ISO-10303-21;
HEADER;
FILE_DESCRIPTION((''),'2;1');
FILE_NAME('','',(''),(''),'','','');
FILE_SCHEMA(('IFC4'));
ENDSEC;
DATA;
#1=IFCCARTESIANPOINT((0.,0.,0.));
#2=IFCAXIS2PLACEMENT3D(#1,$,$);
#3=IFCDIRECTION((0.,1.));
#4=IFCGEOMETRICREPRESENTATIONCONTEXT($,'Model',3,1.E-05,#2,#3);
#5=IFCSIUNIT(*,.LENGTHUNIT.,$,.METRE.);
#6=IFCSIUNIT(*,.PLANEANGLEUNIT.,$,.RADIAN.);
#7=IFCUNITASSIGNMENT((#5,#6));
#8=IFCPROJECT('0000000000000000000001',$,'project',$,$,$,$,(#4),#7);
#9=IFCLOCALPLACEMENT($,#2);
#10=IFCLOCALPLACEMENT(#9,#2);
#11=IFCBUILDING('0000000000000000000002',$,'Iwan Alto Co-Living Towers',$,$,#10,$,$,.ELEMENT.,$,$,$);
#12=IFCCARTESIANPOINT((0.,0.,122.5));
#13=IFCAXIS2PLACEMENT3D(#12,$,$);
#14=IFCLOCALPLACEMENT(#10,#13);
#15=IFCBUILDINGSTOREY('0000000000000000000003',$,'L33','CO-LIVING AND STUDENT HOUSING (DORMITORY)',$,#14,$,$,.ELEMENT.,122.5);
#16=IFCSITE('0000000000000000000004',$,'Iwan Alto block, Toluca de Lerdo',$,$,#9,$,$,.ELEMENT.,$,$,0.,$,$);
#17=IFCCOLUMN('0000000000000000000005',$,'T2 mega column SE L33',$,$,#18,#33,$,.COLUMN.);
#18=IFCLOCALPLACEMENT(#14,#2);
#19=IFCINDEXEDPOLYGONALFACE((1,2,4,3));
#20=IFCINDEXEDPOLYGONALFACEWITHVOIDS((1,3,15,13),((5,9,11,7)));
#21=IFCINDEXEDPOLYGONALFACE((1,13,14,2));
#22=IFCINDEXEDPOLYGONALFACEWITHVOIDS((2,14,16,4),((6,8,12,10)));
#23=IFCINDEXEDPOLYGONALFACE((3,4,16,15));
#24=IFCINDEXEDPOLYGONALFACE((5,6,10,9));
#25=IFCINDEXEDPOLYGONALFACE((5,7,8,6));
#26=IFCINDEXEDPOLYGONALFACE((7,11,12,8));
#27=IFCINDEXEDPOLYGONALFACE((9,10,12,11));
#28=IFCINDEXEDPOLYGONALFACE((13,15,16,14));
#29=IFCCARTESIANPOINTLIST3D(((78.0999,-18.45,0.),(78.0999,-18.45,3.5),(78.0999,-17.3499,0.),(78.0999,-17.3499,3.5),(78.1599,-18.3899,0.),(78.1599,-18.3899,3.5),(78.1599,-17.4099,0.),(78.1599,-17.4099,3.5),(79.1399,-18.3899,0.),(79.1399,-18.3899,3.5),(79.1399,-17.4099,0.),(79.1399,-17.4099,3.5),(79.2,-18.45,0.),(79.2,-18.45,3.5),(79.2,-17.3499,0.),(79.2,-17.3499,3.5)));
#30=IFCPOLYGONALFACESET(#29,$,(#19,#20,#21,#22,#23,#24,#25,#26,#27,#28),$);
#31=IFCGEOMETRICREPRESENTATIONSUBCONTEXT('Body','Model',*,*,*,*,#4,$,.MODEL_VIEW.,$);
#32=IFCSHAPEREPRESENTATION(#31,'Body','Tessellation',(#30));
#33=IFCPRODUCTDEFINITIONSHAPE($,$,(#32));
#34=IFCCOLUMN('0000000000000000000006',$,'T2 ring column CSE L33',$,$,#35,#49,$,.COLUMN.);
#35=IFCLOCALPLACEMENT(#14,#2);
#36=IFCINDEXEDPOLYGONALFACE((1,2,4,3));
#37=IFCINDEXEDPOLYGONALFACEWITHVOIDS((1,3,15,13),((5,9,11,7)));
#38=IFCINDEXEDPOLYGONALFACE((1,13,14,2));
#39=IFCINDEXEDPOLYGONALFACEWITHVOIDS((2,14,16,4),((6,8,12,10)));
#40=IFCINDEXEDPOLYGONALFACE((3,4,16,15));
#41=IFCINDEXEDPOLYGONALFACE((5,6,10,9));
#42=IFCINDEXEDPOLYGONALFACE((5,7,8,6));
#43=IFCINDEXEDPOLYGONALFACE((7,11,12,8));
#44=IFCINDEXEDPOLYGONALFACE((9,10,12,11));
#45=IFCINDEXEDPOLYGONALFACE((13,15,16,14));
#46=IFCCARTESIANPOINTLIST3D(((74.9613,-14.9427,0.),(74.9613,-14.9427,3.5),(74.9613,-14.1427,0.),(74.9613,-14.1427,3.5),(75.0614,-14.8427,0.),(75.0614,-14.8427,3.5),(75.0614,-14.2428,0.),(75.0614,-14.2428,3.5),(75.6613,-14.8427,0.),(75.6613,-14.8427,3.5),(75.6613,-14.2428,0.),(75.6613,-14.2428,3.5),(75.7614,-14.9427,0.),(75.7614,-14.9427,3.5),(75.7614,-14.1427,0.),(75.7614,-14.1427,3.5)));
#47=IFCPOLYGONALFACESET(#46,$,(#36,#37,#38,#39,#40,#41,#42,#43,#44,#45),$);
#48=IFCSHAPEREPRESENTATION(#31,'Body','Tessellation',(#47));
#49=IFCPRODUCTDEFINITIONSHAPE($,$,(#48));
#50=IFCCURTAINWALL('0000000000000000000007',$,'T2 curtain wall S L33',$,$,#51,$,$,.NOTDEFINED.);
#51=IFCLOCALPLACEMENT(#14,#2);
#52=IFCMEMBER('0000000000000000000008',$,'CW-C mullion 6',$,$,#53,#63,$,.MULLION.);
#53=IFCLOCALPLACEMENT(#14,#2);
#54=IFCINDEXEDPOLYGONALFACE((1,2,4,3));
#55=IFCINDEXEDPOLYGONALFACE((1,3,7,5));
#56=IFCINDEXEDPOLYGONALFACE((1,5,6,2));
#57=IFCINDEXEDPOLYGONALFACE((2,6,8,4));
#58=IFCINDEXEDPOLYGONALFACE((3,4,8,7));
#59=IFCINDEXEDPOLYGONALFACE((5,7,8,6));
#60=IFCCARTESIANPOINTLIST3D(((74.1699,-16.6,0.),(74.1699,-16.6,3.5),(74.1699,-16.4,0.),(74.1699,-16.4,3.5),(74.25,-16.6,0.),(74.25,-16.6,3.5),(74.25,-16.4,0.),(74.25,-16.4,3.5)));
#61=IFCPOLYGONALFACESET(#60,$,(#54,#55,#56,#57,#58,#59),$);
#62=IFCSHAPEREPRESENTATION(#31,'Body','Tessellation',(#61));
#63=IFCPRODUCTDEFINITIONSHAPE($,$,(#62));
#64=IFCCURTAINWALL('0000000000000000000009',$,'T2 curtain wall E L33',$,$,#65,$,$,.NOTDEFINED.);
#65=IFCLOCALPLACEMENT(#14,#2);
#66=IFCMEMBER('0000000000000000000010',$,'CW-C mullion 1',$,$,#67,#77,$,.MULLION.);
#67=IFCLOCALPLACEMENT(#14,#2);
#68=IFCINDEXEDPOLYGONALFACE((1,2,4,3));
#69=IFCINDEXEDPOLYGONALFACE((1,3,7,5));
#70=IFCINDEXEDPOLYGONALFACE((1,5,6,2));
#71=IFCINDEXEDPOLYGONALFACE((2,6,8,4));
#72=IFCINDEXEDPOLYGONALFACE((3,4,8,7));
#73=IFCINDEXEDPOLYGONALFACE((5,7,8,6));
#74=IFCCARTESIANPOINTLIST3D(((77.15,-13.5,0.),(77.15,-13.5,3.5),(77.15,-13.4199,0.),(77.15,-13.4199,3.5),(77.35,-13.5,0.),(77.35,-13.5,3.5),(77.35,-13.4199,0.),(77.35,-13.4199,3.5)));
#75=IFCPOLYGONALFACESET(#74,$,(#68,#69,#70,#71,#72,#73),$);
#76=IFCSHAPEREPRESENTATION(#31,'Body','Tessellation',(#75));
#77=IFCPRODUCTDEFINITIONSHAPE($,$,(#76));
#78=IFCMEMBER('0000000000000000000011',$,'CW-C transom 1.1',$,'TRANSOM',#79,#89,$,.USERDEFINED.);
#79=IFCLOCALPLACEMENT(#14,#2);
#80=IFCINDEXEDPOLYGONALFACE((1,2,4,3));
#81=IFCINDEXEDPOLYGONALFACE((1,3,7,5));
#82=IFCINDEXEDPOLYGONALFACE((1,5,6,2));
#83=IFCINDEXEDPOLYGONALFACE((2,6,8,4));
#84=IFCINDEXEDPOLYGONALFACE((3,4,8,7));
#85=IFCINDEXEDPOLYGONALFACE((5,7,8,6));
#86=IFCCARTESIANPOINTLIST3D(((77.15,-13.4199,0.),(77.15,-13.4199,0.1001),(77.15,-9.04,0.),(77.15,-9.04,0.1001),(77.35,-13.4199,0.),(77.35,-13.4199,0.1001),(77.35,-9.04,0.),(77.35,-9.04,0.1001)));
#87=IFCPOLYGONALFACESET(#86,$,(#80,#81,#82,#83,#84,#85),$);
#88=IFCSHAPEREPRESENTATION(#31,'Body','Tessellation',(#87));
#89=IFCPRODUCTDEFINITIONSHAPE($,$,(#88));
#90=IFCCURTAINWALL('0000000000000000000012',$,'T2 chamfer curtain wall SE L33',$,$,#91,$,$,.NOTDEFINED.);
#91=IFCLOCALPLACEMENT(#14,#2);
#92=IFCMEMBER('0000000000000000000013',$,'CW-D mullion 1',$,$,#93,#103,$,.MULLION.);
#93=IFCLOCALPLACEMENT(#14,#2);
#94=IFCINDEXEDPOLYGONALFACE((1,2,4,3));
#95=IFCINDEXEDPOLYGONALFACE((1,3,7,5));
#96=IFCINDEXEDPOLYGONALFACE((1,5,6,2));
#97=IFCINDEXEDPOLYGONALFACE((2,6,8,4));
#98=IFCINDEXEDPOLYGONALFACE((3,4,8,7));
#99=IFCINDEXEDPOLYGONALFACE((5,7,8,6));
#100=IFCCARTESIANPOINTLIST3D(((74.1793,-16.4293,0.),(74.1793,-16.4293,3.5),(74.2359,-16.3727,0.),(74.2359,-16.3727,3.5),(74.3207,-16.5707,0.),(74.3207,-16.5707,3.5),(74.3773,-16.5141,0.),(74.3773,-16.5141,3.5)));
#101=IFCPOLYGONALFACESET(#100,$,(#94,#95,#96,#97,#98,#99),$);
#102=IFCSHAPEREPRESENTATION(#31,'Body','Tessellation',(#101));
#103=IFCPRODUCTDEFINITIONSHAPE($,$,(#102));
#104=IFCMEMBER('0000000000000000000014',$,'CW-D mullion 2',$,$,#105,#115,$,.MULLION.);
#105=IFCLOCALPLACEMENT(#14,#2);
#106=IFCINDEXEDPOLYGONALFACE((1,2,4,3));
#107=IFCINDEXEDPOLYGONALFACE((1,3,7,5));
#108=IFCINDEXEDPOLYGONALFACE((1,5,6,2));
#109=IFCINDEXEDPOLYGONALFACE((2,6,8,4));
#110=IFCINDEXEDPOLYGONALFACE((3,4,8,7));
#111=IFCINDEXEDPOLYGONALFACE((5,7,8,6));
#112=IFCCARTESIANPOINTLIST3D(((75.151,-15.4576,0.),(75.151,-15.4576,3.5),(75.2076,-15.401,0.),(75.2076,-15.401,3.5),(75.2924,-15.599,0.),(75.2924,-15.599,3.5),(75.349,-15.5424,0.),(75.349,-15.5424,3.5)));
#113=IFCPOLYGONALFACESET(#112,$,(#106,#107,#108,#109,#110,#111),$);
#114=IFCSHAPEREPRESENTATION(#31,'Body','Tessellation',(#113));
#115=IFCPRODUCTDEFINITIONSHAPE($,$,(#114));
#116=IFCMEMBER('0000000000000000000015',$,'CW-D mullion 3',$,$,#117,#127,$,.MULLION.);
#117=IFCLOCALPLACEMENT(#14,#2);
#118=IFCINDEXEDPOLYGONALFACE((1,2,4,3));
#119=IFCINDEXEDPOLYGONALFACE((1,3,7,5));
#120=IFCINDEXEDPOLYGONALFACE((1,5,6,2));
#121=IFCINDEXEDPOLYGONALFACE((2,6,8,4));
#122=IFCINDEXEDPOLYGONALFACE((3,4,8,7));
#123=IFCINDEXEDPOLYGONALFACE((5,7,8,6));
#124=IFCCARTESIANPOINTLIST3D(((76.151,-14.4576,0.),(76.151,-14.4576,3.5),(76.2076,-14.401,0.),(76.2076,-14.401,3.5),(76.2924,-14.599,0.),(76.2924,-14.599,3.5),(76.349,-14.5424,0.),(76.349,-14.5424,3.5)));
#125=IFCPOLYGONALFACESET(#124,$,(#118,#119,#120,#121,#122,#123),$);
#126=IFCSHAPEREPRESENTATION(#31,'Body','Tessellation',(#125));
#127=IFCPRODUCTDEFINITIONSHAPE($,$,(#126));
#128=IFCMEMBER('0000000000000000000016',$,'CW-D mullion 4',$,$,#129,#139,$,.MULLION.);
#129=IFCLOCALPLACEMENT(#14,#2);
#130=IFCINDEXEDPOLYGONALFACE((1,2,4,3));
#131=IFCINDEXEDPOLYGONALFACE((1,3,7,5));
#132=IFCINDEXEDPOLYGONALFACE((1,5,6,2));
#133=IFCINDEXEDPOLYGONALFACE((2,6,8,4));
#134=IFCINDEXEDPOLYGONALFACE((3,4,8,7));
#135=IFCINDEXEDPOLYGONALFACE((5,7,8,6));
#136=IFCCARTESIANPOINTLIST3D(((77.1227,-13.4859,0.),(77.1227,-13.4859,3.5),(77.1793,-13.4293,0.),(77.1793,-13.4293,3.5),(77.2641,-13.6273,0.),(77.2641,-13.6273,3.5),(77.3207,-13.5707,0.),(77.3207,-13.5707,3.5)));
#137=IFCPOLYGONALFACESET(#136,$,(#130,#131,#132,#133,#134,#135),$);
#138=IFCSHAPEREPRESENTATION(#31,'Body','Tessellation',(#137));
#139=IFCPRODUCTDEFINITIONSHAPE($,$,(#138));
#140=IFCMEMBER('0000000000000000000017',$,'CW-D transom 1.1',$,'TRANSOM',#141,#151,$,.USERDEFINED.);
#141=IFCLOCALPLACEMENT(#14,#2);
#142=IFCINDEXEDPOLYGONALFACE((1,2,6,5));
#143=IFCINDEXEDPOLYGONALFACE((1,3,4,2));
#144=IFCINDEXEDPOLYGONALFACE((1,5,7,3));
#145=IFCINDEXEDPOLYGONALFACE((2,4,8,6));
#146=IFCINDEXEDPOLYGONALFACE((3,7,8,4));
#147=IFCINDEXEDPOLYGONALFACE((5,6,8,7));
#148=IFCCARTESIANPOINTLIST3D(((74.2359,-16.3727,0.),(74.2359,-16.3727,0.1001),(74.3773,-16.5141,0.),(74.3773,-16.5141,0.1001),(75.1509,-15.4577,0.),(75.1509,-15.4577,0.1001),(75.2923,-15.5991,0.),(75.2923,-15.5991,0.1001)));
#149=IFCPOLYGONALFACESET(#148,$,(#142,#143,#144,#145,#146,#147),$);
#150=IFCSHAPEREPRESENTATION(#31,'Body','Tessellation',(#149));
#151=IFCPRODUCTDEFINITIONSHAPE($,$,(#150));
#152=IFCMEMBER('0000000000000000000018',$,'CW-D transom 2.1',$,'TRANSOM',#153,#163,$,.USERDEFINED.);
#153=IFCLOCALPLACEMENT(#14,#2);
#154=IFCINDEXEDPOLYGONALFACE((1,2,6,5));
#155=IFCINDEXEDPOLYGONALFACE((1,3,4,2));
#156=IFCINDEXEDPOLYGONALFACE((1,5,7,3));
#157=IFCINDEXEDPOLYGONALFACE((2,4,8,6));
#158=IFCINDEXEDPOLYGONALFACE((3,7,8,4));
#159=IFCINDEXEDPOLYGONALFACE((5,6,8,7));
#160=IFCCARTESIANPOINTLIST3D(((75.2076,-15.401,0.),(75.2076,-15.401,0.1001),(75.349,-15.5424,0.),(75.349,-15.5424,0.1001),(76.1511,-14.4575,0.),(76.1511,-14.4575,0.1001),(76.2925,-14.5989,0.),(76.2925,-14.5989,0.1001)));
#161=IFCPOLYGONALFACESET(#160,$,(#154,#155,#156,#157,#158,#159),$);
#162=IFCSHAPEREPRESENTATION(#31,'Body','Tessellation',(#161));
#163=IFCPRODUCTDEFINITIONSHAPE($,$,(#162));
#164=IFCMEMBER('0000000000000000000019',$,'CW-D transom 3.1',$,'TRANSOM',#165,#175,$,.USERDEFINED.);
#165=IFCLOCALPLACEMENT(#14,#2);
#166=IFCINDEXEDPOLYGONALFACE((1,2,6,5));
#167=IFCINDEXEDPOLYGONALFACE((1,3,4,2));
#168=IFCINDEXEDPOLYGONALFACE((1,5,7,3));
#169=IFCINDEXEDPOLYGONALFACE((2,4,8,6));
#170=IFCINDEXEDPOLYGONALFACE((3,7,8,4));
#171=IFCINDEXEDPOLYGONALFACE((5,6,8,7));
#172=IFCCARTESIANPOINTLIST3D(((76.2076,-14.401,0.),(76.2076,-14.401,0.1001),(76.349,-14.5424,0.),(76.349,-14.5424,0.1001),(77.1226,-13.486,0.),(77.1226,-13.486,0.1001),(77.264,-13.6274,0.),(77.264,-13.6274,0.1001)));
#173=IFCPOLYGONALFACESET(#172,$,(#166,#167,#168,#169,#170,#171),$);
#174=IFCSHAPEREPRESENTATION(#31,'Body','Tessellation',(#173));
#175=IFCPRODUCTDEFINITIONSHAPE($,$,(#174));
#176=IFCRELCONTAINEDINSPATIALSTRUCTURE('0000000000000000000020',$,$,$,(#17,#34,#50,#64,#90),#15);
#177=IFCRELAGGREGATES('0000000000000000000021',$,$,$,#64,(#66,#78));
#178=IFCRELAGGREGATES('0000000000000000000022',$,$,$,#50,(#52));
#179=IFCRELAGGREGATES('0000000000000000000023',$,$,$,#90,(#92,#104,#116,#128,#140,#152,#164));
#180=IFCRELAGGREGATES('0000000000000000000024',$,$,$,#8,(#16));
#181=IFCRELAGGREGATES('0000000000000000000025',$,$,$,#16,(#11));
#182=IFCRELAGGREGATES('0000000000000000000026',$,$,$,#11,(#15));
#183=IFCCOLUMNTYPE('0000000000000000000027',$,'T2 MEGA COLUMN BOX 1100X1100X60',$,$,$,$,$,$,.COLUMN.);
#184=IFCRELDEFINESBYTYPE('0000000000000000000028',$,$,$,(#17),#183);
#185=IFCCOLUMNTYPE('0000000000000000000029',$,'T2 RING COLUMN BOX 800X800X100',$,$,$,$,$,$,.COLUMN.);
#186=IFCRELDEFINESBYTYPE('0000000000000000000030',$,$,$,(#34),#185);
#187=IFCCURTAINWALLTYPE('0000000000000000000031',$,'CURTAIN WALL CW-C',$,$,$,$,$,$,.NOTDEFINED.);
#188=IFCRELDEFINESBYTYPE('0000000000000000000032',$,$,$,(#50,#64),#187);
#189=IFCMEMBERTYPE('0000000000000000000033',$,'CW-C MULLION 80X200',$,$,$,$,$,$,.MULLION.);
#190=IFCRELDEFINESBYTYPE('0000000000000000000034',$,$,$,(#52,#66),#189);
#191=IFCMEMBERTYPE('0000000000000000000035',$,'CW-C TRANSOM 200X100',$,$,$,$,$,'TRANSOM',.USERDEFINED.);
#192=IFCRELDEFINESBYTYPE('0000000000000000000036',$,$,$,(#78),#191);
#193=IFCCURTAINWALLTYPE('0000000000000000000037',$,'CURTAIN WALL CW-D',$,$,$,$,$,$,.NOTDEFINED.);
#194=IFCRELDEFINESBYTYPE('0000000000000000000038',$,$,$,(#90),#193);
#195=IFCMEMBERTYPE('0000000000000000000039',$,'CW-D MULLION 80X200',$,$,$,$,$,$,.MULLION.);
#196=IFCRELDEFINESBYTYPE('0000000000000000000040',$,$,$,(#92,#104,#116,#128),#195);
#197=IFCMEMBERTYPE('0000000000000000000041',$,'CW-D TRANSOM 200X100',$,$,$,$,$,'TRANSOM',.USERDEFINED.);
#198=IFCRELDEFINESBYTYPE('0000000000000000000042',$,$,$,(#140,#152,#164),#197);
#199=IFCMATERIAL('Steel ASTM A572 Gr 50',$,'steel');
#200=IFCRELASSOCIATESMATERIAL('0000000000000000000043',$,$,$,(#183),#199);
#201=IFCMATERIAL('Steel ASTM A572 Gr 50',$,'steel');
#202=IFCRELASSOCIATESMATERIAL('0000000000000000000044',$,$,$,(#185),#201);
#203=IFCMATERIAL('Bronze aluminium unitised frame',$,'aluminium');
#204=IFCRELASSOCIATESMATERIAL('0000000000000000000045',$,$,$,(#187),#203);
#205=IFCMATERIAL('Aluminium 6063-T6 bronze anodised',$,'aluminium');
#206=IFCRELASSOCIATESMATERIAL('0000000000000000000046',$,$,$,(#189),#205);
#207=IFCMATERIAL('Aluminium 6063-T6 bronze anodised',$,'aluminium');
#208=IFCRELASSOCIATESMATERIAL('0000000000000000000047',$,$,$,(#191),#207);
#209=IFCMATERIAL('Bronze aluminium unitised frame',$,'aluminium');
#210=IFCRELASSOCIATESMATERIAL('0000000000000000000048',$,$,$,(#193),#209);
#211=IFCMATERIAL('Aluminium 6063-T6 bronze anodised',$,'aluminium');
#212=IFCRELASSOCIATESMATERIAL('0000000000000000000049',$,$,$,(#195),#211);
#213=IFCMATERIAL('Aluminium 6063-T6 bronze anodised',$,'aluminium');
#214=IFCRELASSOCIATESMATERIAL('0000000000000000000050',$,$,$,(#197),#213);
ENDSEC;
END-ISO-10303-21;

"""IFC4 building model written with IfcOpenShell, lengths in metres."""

from ifc_helpers import new_model, si_unit, direction, frame, origin, origin_2d, place, context, subcontext, project, spatial, rectangle, hollow_rectangle, extrude, material, material_profile, profile_set, type_object, element, aggregate, save


model = new_model("IFC4")

# Units and contexts
model_context = context("Model", 3, precision=1e-05, world=origin(), true_north=direction((0.0, 1.0)))
body_context = subcontext(model_context, "Body", "Model", "MODEL_VIEW")
ifc_project = project(units=[si_unit("LENGTHUNIT", "METRE"), si_unit("PLANEANGLEUNIT", "RADIAN")], contexts=[model_context])

# Site, building, storey
site_placement = place(None, origin())
site = spatial("IfcSite", under=ifc_project, at=site_placement, Name="Iwan Alto block, Toluca de Lerdo", CompositionType="ELEMENT", RefElevation=0.0)
building_placement = place(site_placement, origin())
building = spatial("IfcBuilding", under=site, at=building_placement, Name="Iwan Alto Co-Living Towers", CompositionType="ELEMENT")
storey_placement = place(building_placement, frame((0.0, 0.0, 122.5)))
storey = spatial("IfcBuildingStorey", under=building, at=storey_placement, Name="L33", Description="CO-LIVING AND STUDENT HOUSING (DORMITORY)", CompositionType="ELEMENT", Elevation=122.5)

# Columns
ifc_material_1 = material(Name="Steel ASTM A572 Gr 50", Category="steel")
ifc_material_profile_1 = material_profile(ifc_material_1, hollow_rectangle(XDim=1.1001, YDim=1.1001, WallThickness=0.0601, at=origin_2d()), Name="BOX 1100X1100X60")
ifc_profile_set_1 = profile_set([ifc_material_profile_1], Name="Steel ASTM A572 Gr 50")
column_type_1 = type_object("IfcColumnType", Name="T2 MEGA COLUMN BOX 1100X1100X60", PredefinedType="COLUMN", material=ifc_profile_set_1)
column_1_placement = place(storey_placement, frame((78.6499, -17.8999, 0.0), z_axis=(0.0, 0.0, 1.0), x_axis=(1.0, 0.0, 0.0)))
element("IfcColumn", 1, at=column_1_placement, inside=storey, type_object=column_type_1, Name="T2 mega column SE L33", PredefinedType="COLUMN", context=body_context, shape_type="SweptSolid", body=[
    extrude(hollow_rectangle(XDim=1.1001, YDim=1.1001, WallThickness=0.0601, at=origin_2d()), origin(), (0.0, 0.0, 1.0), 3.5),
])
ifc_material_2 = material(Name="Steel ASTM A572 Gr 50", Category="steel")
ifc_material_profile_2 = material_profile(ifc_material_2, hollow_rectangle(XDim=0.8, YDim=0.8, WallThickness=0.1001, at=origin_2d()), Name="BOX 800X800X100")
ifc_profile_set_2 = profile_set([ifc_material_profile_2], Name="Steel ASTM A572 Gr 50")
column_type_2 = type_object("IfcColumnType", Name="T2 RING COLUMN BOX 800X800X100", PredefinedType="COLUMN", material=ifc_profile_set_2)
column_2_placement = place(storey_placement, frame((75.3613, -14.5427, 0.0), z_axis=(0.0, 0.0, 1.0), x_axis=(1.0, 0.0, 0.0)))
element("IfcColumn", 2, at=column_2_placement, inside=storey, type_object=column_type_2, Name="T2 ring column CSE L33", PredefinedType="COLUMN", context=body_context, shape_type="SweptSolid", body=[
    extrude(hollow_rectangle(XDim=0.8, YDim=0.8, WallThickness=0.1001, at=origin_2d()), origin(), (0.0, 0.0, 1.0), 3.5),
])

# Curtain wall, member
ifc_material_3 = material(Name="Bronze aluminium unitised frame", Category="aluminium")
curtain_wall_type_1 = type_object("IfcCurtainWallType", Name="CURTAIN WALL CW-C", PredefinedType="NOTDEFINED", material=ifc_material_3)
curtain_wall_1_placement = place(storey_placement, origin())
curtain_wall_1 = element("IfcCurtainWall", 3, at=curtain_wall_1_placement, inside=storey, type_object=curtain_wall_type_1, Name="T2 curtain wall S L33", PredefinedType="NOTDEFINED")
ifc_material_4 = material(Name="Aluminium 6063-T6 bronze anodised", Category="aluminium")
ifc_material_profile_3 = material_profile(ifc_material_4, rectangle(XDim=0.2, YDim=0.0801, at=origin_2d()), Name="AL 80X200")
ifc_profile_set_3 = profile_set([ifc_material_profile_3], Name="Aluminium 6063-T6 bronze anodised")
member_type_1 = type_object("IfcMemberType", Name="CW-C MULLION 80X200", PredefinedType="MULLION", material=ifc_profile_set_3)
member_1_placement = place(storey_placement, frame((74.21, -16.5, 0.0), z_axis=(0.0, 0.0, 1.0), x_axis=(0.0, 1.0, 0.0)))
member_1 = element("IfcMember", 4, at=member_1_placement, type_object=member_type_1, Name="CW-C mullion 6", PredefinedType="MULLION", context=body_context, shape_type="SweptSolid", body=[
    extrude(rectangle(XDim=0.2, YDim=0.0801, at=origin_2d()), origin(), (0.0, 0.0, 1.0), 3.5),
])

# Curtain walls, members
curtain_wall_2_placement = place(storey_placement, origin())
curtain_wall_2 = element("IfcCurtainWall", 5, at=curtain_wall_2_placement, inside=storey, type_object=curtain_wall_type_1, Name="T2 curtain wall E L33", PredefinedType="NOTDEFINED")
member_2_placement = place(storey_placement, frame((77.25, -13.46, 0.0), z_axis=(0.0, 0.0, 1.0), x_axis=(-1.0, 0.0, 0.0)))
member_2 = element("IfcMember", 6, at=member_2_placement, type_object=member_type_1, Name="CW-C mullion 1", PredefinedType="MULLION", context=body_context, shape_type="SweptSolid", body=[
    extrude(rectangle(XDim=0.2, YDim=0.0801, at=origin_2d()), origin(), (0.0, 0.0, 1.0), 3.5),
])
ifc_material_5 = material(Name="Aluminium 6063-T6 bronze anodised", Category="aluminium")
ifc_material_profile_4 = material_profile(ifc_material_5, rectangle(XDim=0.2, YDim=0.1001, at=origin_2d()), Name="AL 200X100")
ifc_profile_set_4 = profile_set([ifc_material_profile_4], Name="Aluminium 6063-T6 bronze anodised")
member_type_2 = type_object("IfcMemberType", Name="CW-C TRANSOM 200X100", ElementType="TRANSOM", PredefinedType="USERDEFINED", material=ifc_profile_set_4)
member_3_placement = place(storey_placement, frame((77.25, -13.4199, 0.05), z_axis=(0.0, 1.0, 0.0), x_axis=(-1.0, 0.0, 0.0)))
member_3 = element("IfcMember", 7, at=member_3_placement, type_object=member_type_2, Name="CW-C transom 1.1", ObjectType="TRANSOM", PredefinedType="USERDEFINED", context=body_context, shape_type="SweptSolid", body=[
    extrude(rectangle(XDim=0.2, YDim=0.1001, at=origin_2d()), origin(), (0.0, 0.0, 1.0), 4.3799),
])
aggregate(curtain_wall_2, [member_2, member_3])
ifc_material_6 = material(Name="Bronze aluminium unitised frame", Category="aluminium")
curtain_wall_type_2 = type_object("IfcCurtainWallType", Name="CURTAIN WALL CW-D", PredefinedType="NOTDEFINED", material=ifc_material_6)
curtain_wall_3_placement = place(storey_placement, origin())
curtain_wall_3 = element("IfcCurtainWall", 8, at=curtain_wall_3_placement, inside=storey, type_object=curtain_wall_type_2, Name="T2 chamfer curtain wall SE L33", PredefinedType="NOTDEFINED")
ifc_material_7 = material(Name="Aluminium 6063-T6 bronze anodised", Category="aluminium")
ifc_material_profile_5 = material_profile(ifc_material_7, rectangle(XDim=0.2, YDim=0.0801, at=origin_2d()), Name="AL 80X200")
ifc_profile_set_5 = profile_set([ifc_material_profile_5], Name="Aluminium 6063-T6 bronze anodised")
member_type_3 = type_object("IfcMemberType", Name="CW-D MULLION 80X200", PredefinedType="MULLION", material=ifc_profile_set_5)
member_4_placement = place(storey_placement, frame((74.2783, -16.4717, 0.0), z_axis=(0.0, 0.0, 1.0), x_axis=(-0.707107, 0.707107, 0.0)))
member_4 = element("IfcMember", 9, at=member_4_placement, type_object=member_type_3, Name="CW-D mullion 1", PredefinedType="MULLION", context=body_context, shape_type="SweptSolid", body=[
    extrude(rectangle(XDim=0.2, YDim=0.0801, at=origin_2d()), origin(), (0.0, 0.0, 1.0), 3.5),
])
member_5_placement = place(storey_placement, frame((75.25, -15.5, 0.0), z_axis=(0.0, 0.0, 1.0), x_axis=(-0.707107, 0.707107, 0.0)))
member_5 = element("IfcMember", 10, at=member_5_placement, type_object=member_type_3, Name="CW-D mullion 2", PredefinedType="MULLION", context=body_context, shape_type="SweptSolid", body=[
    extrude(rectangle(XDim=0.2, YDim=0.0801, at=origin_2d()), origin(), (0.0, 0.0, 1.0), 3.5),
])
member_6_placement = place(storey_placement, frame((76.25, -14.5, 0.0), z_axis=(0.0, 0.0, 1.0), x_axis=(-0.707107, 0.707107, 0.0)))
member_6 = element("IfcMember", 11, at=member_6_placement, type_object=member_type_3, Name="CW-D mullion 3", PredefinedType="MULLION", context=body_context, shape_type="SweptSolid", body=[
    extrude(rectangle(XDim=0.2, YDim=0.0801, at=origin_2d()), origin(), (0.0, 0.0, 1.0), 3.5),
])
member_7_placement = place(storey_placement, frame((77.2217, -13.5283, 0.0), z_axis=(0.0, 0.0, 1.0), x_axis=(-0.707107, 0.707107, 0.0)))
member_7 = element("IfcMember", 12, at=member_7_placement, type_object=member_type_3, Name="CW-D mullion 4", PredefinedType="MULLION", context=body_context, shape_type="SweptSolid", body=[
    extrude(rectangle(XDim=0.2, YDim=0.0801, at=origin_2d()), origin(), (0.0, 0.0, 1.0), 3.5),
])
ifc_material_8 = material(Name="Aluminium 6063-T6 bronze anodised", Category="aluminium")
ifc_material_profile_6 = material_profile(ifc_material_8, rectangle(XDim=0.2, YDim=0.1001, at=origin_2d()), Name="AL 200X100")
ifc_profile_set_6 = profile_set([ifc_material_profile_6], Name="Aluminium 6063-T6 bronze anodised")
member_type_4 = type_object("IfcMemberType", Name="CW-D TRANSOM 200X100", ElementType="TRANSOM", PredefinedType="USERDEFINED", material=ifc_profile_set_6)
member_8_placement = place(storey_placement, frame((74.3066, -16.4434, 0.05), z_axis=(0.707107, 0.707107, 0.0), x_axis=(-0.707107, 0.707107, 0.0)))
member_8 = element("IfcMember", 13, at=member_8_placement, type_object=member_type_4, Name="CW-D transom 1.1", ObjectType="TRANSOM", PredefinedType="USERDEFINED", context=body_context, shape_type="SweptSolid", body=[
    extrude(rectangle(XDim=0.2, YDim=0.1001, at=origin_2d()), origin(), (0.0, 0.0, 1.0), 1.2939),
])
member_9_placement = place(storey_placement, frame((75.2783, -15.4717, 0.05), z_axis=(0.707107, 0.707107, 0.0), x_axis=(-0.707107, 0.707107, 0.0)))
member_9 = element("IfcMember", 14, at=member_9_placement, type_object=member_type_4, Name="CW-D transom 2.1", ObjectType="TRANSOM", PredefinedType="USERDEFINED", context=body_context, shape_type="SweptSolid", body=[
    extrude(rectangle(XDim=0.2, YDim=0.1001, at=origin_2d()), origin(), (0.0, 0.0, 1.0), 1.3342),
])
member_10_placement = place(storey_placement, frame((76.2783, -14.4717, 0.05), z_axis=(0.707107, 0.707107, 0.0), x_axis=(-0.707107, 0.707107, 0.0)))
member_10 = element("IfcMember", 15, at=member_10_placement, type_object=member_type_4, Name="CW-D transom 3.1", ObjectType="TRANSOM", PredefinedType="USERDEFINED", context=body_context, shape_type="SweptSolid", body=[
    extrude(rectangle(XDim=0.2, YDim=0.1001, at=origin_2d()), origin(), (0.0, 0.0, 1.0), 1.2939),
])

aggregate(curtain_wall_1, [member_1])
aggregate(curtain_wall_3, [member_4, member_5, member_6, member_7, member_8, member_9, member_10])

save(model, "model.ifc")
